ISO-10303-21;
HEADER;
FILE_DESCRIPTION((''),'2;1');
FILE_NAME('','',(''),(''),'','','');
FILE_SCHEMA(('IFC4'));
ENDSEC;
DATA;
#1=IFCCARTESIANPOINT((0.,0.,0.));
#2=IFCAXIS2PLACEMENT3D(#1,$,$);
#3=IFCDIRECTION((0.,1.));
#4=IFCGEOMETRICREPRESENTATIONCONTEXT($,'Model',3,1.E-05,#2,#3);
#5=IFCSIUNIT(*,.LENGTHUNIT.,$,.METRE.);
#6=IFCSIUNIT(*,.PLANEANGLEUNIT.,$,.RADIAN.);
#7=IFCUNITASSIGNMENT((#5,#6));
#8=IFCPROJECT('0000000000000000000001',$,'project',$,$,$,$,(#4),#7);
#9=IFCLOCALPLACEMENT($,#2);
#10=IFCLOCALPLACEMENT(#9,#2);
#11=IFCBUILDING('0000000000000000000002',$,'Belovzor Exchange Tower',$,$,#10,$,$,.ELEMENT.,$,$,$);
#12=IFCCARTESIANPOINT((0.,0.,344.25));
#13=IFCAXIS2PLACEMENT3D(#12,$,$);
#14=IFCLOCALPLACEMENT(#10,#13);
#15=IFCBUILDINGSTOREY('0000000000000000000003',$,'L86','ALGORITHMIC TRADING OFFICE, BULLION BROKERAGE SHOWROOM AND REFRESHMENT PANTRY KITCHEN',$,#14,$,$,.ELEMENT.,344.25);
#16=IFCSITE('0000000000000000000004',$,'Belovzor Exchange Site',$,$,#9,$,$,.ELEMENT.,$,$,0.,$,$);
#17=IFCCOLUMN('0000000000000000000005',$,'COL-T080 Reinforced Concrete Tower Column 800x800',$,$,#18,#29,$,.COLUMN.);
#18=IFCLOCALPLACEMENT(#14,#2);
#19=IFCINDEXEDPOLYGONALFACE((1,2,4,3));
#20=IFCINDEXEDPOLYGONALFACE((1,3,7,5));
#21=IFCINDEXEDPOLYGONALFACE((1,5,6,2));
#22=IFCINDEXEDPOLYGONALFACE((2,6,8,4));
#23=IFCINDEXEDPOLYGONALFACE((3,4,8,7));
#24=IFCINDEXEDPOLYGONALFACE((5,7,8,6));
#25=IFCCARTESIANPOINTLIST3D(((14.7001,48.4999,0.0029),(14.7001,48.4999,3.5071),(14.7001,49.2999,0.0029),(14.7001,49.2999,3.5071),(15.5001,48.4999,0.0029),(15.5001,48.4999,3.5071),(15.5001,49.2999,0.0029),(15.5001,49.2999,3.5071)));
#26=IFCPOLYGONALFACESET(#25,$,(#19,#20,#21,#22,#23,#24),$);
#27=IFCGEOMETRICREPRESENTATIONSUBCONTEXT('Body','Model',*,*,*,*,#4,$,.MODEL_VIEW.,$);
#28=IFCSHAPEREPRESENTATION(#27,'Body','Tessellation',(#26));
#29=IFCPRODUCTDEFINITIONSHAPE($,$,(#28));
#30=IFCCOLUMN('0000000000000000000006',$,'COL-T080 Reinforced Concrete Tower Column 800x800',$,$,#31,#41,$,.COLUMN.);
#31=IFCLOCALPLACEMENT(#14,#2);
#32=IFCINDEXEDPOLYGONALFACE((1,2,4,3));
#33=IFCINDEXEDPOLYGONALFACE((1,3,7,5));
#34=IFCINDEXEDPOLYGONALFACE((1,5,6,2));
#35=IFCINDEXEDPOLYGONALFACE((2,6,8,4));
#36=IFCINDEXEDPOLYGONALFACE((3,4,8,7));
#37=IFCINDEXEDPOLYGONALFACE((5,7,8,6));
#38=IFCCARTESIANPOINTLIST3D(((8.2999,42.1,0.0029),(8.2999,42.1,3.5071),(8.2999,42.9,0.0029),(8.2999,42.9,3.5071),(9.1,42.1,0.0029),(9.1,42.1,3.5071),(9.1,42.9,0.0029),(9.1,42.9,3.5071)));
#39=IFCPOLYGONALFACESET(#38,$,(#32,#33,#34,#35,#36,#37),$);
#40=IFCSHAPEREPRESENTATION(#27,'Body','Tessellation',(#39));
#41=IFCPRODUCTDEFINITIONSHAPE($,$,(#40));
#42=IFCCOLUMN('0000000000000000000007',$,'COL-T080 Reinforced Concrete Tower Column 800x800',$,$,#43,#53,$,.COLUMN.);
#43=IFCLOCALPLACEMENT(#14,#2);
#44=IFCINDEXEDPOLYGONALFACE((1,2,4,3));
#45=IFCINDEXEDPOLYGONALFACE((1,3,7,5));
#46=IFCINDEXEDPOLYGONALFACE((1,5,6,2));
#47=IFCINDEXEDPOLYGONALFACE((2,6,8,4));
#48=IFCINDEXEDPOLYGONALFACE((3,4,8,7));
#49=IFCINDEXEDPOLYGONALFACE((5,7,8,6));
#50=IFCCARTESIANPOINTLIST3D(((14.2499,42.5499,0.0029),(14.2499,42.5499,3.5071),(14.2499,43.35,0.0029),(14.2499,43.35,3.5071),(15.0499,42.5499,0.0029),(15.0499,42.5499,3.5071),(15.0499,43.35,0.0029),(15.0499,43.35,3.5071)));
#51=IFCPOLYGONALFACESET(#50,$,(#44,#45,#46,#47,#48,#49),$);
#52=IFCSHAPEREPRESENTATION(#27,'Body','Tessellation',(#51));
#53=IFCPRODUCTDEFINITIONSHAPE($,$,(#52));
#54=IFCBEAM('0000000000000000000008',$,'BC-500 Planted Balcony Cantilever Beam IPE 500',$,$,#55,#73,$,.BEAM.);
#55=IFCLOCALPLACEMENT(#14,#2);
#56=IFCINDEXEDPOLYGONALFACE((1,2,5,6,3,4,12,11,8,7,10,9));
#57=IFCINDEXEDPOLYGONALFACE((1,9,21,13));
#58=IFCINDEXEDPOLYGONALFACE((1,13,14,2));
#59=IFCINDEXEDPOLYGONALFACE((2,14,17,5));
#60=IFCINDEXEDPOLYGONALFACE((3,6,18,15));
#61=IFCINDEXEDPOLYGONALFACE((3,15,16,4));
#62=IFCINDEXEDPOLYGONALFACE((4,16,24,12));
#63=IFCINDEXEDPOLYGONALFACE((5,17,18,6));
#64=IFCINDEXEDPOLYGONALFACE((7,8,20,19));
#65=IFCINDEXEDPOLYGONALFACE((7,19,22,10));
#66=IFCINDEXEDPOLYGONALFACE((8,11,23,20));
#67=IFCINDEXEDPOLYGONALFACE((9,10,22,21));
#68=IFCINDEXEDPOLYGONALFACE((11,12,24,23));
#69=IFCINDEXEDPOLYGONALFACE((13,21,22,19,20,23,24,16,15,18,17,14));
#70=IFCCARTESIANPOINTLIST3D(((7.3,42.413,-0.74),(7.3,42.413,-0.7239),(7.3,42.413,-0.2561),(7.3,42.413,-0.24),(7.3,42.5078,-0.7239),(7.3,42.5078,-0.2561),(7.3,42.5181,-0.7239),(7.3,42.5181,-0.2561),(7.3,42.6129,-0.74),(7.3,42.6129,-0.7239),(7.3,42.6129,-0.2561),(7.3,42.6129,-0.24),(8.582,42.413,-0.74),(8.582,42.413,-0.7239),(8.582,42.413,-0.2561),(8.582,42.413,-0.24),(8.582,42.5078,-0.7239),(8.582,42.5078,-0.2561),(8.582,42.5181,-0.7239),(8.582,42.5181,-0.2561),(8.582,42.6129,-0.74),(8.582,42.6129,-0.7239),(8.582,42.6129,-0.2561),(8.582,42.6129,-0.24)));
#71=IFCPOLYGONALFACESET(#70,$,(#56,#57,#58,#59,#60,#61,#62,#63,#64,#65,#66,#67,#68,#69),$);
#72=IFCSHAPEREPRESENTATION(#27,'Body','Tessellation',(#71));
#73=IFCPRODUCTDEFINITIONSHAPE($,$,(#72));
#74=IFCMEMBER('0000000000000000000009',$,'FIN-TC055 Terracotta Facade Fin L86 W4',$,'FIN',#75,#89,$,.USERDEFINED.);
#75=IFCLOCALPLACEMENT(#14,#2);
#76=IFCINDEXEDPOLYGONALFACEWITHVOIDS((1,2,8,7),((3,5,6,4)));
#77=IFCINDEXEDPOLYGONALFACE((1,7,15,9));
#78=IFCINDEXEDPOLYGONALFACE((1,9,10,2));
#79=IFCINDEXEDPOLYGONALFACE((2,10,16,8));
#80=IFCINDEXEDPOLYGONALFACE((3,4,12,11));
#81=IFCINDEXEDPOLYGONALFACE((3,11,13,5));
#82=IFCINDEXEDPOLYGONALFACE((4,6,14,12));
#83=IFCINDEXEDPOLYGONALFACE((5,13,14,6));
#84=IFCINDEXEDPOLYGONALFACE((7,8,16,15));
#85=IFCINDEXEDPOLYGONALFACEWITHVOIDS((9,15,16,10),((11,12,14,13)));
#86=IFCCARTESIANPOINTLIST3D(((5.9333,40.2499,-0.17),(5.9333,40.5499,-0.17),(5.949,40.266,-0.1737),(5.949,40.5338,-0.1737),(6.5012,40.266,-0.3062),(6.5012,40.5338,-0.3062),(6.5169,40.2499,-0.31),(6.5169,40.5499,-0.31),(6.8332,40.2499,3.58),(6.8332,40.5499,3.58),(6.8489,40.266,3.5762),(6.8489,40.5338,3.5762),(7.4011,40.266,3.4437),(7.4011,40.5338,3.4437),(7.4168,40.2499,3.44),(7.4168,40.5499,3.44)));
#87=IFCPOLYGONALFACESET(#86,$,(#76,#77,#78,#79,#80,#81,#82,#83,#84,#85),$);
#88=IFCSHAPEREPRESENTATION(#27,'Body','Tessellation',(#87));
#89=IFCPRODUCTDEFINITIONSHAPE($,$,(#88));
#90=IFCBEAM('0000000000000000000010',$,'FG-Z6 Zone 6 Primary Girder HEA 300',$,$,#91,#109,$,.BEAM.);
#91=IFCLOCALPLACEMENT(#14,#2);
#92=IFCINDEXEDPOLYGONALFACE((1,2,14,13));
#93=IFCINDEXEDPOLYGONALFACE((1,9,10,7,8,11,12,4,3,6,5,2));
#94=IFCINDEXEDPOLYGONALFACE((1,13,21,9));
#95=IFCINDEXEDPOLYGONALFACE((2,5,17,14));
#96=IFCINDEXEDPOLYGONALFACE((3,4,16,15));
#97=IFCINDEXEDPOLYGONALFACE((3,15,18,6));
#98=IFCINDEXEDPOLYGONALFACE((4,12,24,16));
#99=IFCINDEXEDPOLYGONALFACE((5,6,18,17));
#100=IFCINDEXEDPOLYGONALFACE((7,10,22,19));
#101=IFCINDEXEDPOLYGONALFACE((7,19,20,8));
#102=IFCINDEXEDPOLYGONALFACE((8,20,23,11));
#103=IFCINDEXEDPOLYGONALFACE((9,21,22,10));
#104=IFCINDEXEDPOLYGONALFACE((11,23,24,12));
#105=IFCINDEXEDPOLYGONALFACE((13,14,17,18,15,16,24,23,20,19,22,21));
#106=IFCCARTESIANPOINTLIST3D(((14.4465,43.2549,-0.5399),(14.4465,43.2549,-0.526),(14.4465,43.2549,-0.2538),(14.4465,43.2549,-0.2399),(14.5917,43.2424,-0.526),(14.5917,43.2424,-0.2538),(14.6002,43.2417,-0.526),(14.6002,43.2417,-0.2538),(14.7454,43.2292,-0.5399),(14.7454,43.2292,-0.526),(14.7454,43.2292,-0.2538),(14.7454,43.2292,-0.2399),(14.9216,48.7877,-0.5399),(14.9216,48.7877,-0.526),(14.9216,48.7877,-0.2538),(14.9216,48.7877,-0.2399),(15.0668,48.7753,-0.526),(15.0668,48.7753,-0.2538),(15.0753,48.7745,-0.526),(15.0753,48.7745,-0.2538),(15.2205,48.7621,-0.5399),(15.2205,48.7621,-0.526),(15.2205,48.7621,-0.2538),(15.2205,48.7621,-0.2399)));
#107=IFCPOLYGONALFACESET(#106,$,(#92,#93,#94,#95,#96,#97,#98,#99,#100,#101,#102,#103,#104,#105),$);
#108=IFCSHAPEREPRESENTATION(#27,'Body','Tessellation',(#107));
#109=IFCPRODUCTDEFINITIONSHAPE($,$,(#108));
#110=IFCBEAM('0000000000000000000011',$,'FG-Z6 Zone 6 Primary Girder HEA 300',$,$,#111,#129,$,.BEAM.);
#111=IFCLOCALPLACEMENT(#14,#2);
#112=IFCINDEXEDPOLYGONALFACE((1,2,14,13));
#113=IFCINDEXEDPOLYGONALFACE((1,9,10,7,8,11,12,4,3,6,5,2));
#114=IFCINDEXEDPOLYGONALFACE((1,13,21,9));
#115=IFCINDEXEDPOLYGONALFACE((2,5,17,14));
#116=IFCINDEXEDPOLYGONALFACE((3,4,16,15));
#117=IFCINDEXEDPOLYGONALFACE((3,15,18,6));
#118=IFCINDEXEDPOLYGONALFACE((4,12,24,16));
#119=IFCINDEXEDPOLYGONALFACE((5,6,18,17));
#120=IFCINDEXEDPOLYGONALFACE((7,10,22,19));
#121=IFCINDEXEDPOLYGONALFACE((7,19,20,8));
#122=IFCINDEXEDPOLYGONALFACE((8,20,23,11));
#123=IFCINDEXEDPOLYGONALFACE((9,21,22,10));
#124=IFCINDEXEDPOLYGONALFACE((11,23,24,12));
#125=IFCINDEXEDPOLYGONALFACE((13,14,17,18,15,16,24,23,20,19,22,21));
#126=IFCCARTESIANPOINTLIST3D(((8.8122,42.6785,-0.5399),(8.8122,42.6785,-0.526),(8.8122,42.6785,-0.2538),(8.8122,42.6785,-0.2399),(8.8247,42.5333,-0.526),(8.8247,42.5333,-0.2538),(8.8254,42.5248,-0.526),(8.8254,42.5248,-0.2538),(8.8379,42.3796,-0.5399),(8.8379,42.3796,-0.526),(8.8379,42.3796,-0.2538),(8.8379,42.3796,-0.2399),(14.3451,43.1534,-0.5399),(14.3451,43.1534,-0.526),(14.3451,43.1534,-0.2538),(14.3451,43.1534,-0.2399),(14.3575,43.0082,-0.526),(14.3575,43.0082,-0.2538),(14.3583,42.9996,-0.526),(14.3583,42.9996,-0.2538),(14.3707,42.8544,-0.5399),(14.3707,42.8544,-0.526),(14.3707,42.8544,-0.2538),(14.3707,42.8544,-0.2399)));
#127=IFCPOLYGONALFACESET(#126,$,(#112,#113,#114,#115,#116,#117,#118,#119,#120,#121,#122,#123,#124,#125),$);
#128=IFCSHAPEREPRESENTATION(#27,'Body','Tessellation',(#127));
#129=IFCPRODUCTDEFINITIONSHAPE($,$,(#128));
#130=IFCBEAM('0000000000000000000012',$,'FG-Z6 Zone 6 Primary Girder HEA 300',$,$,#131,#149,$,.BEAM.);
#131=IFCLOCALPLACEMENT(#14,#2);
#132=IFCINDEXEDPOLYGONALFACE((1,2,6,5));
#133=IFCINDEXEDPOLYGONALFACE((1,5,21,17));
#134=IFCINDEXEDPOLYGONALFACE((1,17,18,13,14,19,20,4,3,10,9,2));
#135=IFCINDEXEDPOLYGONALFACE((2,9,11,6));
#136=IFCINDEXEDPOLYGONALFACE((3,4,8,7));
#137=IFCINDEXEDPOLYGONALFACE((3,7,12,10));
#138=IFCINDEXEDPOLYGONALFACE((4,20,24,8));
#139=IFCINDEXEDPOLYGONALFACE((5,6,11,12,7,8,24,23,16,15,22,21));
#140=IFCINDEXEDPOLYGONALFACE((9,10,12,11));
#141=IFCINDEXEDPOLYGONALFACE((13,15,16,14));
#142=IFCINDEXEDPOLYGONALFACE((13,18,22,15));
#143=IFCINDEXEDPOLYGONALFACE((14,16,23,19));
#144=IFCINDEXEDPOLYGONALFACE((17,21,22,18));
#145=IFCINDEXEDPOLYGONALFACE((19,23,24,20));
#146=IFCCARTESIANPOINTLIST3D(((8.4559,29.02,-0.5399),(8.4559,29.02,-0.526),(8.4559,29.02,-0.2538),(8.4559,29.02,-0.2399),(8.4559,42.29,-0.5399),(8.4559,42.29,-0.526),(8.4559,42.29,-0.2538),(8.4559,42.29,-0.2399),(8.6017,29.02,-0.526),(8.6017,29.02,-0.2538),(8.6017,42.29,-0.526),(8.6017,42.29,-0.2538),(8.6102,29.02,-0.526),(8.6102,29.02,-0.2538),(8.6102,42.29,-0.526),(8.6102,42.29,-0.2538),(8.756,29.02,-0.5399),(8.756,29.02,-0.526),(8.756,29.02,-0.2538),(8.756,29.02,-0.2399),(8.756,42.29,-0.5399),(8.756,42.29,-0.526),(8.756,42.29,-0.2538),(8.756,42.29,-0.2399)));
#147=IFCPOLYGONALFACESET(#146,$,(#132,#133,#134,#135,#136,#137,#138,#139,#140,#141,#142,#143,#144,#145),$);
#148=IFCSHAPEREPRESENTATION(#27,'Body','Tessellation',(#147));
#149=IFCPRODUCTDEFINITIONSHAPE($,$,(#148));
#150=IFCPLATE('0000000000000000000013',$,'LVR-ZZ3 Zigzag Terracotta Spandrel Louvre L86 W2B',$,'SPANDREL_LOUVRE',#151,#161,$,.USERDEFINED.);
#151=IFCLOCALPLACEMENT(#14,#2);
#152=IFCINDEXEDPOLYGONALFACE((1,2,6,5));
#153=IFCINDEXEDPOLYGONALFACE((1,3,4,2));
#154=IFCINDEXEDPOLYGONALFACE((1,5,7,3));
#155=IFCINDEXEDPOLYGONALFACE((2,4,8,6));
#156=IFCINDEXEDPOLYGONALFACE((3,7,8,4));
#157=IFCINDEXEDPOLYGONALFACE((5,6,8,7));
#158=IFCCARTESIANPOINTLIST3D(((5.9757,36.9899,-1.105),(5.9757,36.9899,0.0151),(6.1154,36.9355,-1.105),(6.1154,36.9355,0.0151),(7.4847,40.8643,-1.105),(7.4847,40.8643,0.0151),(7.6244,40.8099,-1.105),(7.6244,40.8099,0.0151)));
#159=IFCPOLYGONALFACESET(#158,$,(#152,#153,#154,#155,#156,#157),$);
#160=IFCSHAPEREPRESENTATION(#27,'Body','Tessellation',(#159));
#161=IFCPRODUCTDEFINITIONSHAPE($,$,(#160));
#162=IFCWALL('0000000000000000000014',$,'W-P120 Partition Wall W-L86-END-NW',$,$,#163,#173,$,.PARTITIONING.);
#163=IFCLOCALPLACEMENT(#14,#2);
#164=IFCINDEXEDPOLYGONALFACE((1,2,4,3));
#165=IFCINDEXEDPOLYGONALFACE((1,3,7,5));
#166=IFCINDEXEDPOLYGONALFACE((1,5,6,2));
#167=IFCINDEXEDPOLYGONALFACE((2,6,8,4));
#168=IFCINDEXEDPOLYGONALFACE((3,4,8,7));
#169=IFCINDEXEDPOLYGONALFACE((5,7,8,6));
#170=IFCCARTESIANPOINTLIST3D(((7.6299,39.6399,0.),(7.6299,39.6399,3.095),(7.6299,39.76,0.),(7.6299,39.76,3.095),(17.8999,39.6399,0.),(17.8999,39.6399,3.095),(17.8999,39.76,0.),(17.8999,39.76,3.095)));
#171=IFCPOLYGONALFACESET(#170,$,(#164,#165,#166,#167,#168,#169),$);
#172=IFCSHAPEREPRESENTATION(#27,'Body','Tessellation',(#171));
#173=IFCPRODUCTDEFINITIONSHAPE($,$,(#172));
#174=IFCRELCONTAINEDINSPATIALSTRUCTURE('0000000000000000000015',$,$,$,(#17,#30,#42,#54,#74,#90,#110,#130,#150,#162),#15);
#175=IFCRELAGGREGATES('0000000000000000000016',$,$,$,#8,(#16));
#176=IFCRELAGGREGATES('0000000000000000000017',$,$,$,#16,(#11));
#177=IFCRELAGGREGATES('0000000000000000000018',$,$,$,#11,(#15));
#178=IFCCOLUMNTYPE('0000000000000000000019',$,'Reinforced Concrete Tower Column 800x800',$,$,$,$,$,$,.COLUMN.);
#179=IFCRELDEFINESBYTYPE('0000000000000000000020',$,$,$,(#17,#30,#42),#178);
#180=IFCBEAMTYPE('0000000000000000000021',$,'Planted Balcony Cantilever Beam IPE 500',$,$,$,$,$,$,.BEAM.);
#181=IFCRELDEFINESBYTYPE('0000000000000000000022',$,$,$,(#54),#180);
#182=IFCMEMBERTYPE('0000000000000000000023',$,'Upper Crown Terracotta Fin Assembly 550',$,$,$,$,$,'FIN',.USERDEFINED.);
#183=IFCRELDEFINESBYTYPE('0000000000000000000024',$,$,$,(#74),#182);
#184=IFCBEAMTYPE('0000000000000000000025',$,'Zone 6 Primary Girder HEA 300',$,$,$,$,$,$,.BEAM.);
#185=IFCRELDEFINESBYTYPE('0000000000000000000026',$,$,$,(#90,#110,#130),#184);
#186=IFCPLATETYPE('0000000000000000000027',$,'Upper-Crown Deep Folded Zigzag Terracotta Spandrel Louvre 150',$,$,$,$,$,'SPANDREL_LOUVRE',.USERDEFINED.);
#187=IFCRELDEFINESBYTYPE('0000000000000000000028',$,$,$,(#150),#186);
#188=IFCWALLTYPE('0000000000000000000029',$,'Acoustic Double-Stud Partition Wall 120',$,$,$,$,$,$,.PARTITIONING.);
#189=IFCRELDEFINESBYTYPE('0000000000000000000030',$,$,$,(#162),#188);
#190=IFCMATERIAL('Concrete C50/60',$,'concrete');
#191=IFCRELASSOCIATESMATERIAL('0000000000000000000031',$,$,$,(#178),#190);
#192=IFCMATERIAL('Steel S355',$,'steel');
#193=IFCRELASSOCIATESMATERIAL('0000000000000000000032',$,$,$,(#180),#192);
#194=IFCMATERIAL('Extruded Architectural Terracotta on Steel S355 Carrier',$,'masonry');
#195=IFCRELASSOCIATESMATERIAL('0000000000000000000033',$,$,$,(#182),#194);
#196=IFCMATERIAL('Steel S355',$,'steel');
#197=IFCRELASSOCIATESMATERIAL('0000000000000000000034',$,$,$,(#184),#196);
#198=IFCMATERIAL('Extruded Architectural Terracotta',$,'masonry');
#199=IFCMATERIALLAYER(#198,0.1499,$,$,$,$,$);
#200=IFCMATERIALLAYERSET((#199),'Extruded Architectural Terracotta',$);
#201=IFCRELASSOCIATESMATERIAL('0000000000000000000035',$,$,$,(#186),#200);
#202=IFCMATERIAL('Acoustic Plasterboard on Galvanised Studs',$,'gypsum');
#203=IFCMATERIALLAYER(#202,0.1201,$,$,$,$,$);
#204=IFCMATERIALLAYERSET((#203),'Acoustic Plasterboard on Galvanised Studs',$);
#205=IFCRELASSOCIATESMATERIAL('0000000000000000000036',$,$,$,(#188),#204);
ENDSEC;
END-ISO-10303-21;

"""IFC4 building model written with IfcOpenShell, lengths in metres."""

from ifc_helpers import new_model, si_unit, direction, frame, frame_2d, origin, origin_2d, place, context, subcontext, project, spatial, rectangle, hollow_rectangle, i_section, extrude, material, layer, layer_set, material_profile, profile_set, type_object, element, save


model = new_model("IFC4")

# Units and contexts
model_context = context("Model", 3, precision=1e-05, world=origin(), true_north=direction((0.0, 1.0)))
body_context = subcontext(model_context, "Body", "Model", "MODEL_VIEW")
ifc_project = project(units=[si_unit("LENGTHUNIT", "METRE"), si_unit("PLANEANGLEUNIT", "RADIAN")], contexts=[model_context])

# Site, building, storey
site_placement = place(None, origin())
site = spatial("IfcSite", under=ifc_project, at=site_placement, Name="Belovzor Exchange Site", CompositionType="ELEMENT", RefElevation=0.0)
building_placement = place(site_placement, origin())
building = spatial("IfcBuilding", under=site, at=building_placement, Name="Belovzor Exchange Tower", CompositionType="ELEMENT")
storey_placement = place(building_placement, frame((0.0, 0.0, 344.25)))
storey = spatial("IfcBuildingStorey", under=building, at=storey_placement, Name="L86", Description="ALGORITHMIC TRADING OFFICE, BULLION BROKERAGE SHOWROOM AND REFRESHMENT PANTRY KITCHEN", CompositionType="ELEMENT", Elevation=344.25)

# Columns
ifc_material_1 = material(Name="Concrete C50/60", Category="concrete")
ifc_material_profile_1 = material_profile(ifc_material_1, rectangle(XDim=0.8, YDim=0.8, at=origin_2d()))
ifc_profile_set_1 = profile_set([ifc_material_profile_1], Name="Concrete C50/60")
column_type = type_object("IfcColumnType", Name="Reinforced Concrete Tower Column 800x800", PredefinedType="COLUMN", material=ifc_profile_set_1)
for number, where, z_axis, x_axis, name in (
    (1, (15.1001, 48.8999, 0.0029), (0.0, 0.0, 1.0), (1.0, 0.0, 0.0), "COL-T080 Reinforced Concrete Tower Column 800x800"),
    (2, (8.7, 42.5, 0.0029), (0.0, 0.0, 1.0), (1.0, 0.0, 0.0), "COL-T080 Reinforced Concrete Tower Column 800x800"),
    (3, (14.6499, 42.95, 0.0029), (0.0, 0.0, 1.0), (1.0, 0.0, 0.0), "COL-T080 Reinforced Concrete Tower Column 800x800"),
):
    element("IfcColumn", number, at=place(storey_placement, frame(where, z_axis=z_axis, x_axis=x_axis)), inside=storey, type_object=column_type, Name=name, PredefinedType="COLUMN", context=body_context, shape_type="SweptSolid", body=[
        extrude(rectangle(XDim=0.8, YDim=0.8, at=origin_2d()), origin(), (0.0, 0.0, 1.0), 3.5042),
    ])

# Beam
ifc_material_2 = material(Name="Steel S355", Category="steel")
ifc_material_profile_2 = material_profile(ifc_material_2, i_section(OverallWidth=0.2, OverallDepth=0.5, WebThickness=0.0103, FlangeThickness=0.0161, at=origin_2d()))
ifc_profile_set_2 = profile_set([ifc_material_profile_2], Name="Steel S355")
beam_type_1 = type_object("IfcBeamType", Name="Planted Balcony Cantilever Beam IPE 500", PredefinedType="BEAM", material=ifc_profile_set_2)
beam_1_placement = place(storey_placement, frame((8.582, 42.5129, -0.49), z_axis=(-1.0, 0.0, 0.0), x_axis=(0.0, -1.0, 0.0)))
element("IfcBeam", 4, at=beam_1_placement, inside=storey, type_object=beam_type_1, Name="BC-500 Planted Balcony Cantilever Beam IPE 500", PredefinedType="BEAM", context=body_context, shape_type="SweptSolid", body=[
    extrude(i_section(OverallWidth=0.2, OverallDepth=0.5, WebThickness=0.0103, FlangeThickness=0.0161, at=origin_2d()), origin(), (0.0, 0.0, 1.0), 1.282),
])

# Member
ifc_material_3 = material(Name="Extruded Architectural Terracotta on Steel S355 Carrier", Category="masonry")
ifc_material_profile_3 = material_profile(ifc_material_3, hollow_rectangle(XDim=0.3, YDim=0.6001, WallThickness=0.0161, at=origin_2d()))
ifc_profile_set_3 = profile_set([ifc_material_profile_3], Name="Extruded Architectural Terracotta on Steel S355 Carrier")
member_type = type_object("IfcMemberType", Name="Upper Crown Terracotta Fin Assembly 550", ElementType="FIN", PredefinedType="USERDEFINED", material=ifc_profile_set_3)
member_placement = place(storey_placement, frame((6.2251, 40.3999, -0.24), z_axis=(0.233349, 0.0, 0.972393), x_axis=(0.0, 1.0, 0.0)))
element("IfcMember", 5, at=member_placement, inside=storey, type_object=member_type, Name="FIN-TC055 Terracotta Facade Fin L86 W4", ObjectType="FIN", PredefinedType="USERDEFINED", context=body_context, shape_type="SweptSolid", body=[
    extrude(hollow_rectangle(XDim=0.3, YDim=0.6001, WallThickness=0.0161, at=origin_2d()), origin(), (0.0, 0.0, 1.0), 3.8564),
])

# Beams
ifc_material_4 = material(Name="Steel S355", Category="steel")
ifc_material_profile_4 = material_profile(ifc_material_4, i_section(OverallWidth=0.3, OverallDepth=0.3, WebThickness=0.0085, FlangeThickness=0.0139, at=origin_2d()))
ifc_profile_set_4 = profile_set([ifc_material_profile_4], Name="Steel S355")
beam_type_2 = type_object("IfcBeamType", Name="Zone 6 Primary Girder HEA 300", PredefinedType="BEAM", material=ifc_profile_set_4)
for number, where, z_axis, x_axis, name in (
    (6, (15.071, 48.7749, -0.3899), (-0.085552, -0.996334, 0.0), (0.996334, -0.085552, 0.0), "FG-Z6 Zone 6 Primary Girder HEA 300"),
    (7, (14.3579, 43.0039, -0.3899), (-0.996337, -0.085508, 0.0), (0.085508, -0.996337, 0.0), "FG-Z6 Zone 6 Primary Girder HEA 300"),
):
    element("IfcBeam", number, at=place(storey_placement, frame(where, z_axis=z_axis, x_axis=x_axis)), inside=storey, type_object=beam_type_2, Name=name, PredefinedType="BEAM", context=body_context, shape_type="SweptSolid", body=[
        extrude(i_section(OverallWidth=0.3, OverallDepth=0.3, WebThickness=0.0085, FlangeThickness=0.0139, at=origin_2d()), origin(), (0.0, 0.0, 1.0), 5.5532),
    ])
beam_2_placement = place(storey_placement, frame((8.606, 42.29, -0.3899), z_axis=(0.0, -1.0, 0.0), x_axis=(1.0, 0.0, 0.0)))
element("IfcBeam", 8, at=beam_2_placement, inside=storey, type_object=beam_type_2, Name="FG-Z6 Zone 6 Primary Girder HEA 300", PredefinedType="BEAM", context=body_context, shape_type="SweptSolid", body=[
    extrude(i_section(OverallWidth=0.3, OverallDepth=0.3, WebThickness=0.0085, FlangeThickness=0.0139, at=origin_2d()), origin(), (0.0, 0.0, 1.0), 13.27),
])

# Plate
ifc_material_5 = material(Name="Extruded Architectural Terracotta", Category="masonry")
ifc_layer_1 = layer(ifc_material_5, 0.1499)
ifc_layer_set_1 = layer_set([ifc_layer_1], Name="Extruded Architectural Terracotta")
plate_type = type_object("IfcPlateType", Name="Upper-Crown Deep Folded Zigzag Terracotta Spandrel Louvre 150", ElementType="SPANDREL_LOUVRE", PredefinedType="USERDEFINED", material=ifc_layer_set_1)
plate_placement = place(storey_placement, frame((6.8, 38.8999, -1.105), z_axis=(0.0, 0.0, 1.0), x_axis=(0.362926, 0.931818, 0.0)))
element("IfcPlate", 9, at=plate_placement, inside=storey, type_object=plate_type, Name="LVR-ZZ3 Zigzag Terracotta Spandrel Louvre L86 W2B", ObjectType="SPANDREL_LOUVRE", PredefinedType="USERDEFINED", context=body_context, shape_type="SweptSolid", body=[
    extrude(rectangle(XDim=4.158, YDim=0.1499, at=origin_2d()), origin(), (0.0, 0.0, 1.0), 1.1201),
])

# Wall
ifc_material_6 = material(Name="Acoustic Plasterboard on Galvanised Studs", Category="gypsum")
ifc_layer_2 = layer(ifc_material_6, 0.1201)
ifc_layer_set_2 = layer_set([ifc_layer_2], Name="Acoustic Plasterboard on Galvanised Studs")
wall_type_1 = type_object("IfcWallType", Name="Acoustic Double-Stud Partition Wall 120", PredefinedType="PARTITIONING", material=ifc_layer_set_2)
wall_1_placement = place(storey_placement, frame((7.6299, 39.7, 0.0), z_axis=(0.0, 0.0, 1.0), x_axis=(1.0, 0.0, 0.0)))
element("IfcWall", 10, at=wall_1_placement, inside=storey, type_object=wall_type_1, Name="W-P120 Partition Wall W-L86-END-NW", PredefinedType="PARTITIONING", context=body_context, shape_type="SweptSolid", body=[
    extrude(rectangle(XDim=10.27, YDim=0.1201, at=frame_2d((5.135, 0.0))), origin(), (0.0, 0.0, 1.0), 3.095),
])

save(model, "model.ifc")
